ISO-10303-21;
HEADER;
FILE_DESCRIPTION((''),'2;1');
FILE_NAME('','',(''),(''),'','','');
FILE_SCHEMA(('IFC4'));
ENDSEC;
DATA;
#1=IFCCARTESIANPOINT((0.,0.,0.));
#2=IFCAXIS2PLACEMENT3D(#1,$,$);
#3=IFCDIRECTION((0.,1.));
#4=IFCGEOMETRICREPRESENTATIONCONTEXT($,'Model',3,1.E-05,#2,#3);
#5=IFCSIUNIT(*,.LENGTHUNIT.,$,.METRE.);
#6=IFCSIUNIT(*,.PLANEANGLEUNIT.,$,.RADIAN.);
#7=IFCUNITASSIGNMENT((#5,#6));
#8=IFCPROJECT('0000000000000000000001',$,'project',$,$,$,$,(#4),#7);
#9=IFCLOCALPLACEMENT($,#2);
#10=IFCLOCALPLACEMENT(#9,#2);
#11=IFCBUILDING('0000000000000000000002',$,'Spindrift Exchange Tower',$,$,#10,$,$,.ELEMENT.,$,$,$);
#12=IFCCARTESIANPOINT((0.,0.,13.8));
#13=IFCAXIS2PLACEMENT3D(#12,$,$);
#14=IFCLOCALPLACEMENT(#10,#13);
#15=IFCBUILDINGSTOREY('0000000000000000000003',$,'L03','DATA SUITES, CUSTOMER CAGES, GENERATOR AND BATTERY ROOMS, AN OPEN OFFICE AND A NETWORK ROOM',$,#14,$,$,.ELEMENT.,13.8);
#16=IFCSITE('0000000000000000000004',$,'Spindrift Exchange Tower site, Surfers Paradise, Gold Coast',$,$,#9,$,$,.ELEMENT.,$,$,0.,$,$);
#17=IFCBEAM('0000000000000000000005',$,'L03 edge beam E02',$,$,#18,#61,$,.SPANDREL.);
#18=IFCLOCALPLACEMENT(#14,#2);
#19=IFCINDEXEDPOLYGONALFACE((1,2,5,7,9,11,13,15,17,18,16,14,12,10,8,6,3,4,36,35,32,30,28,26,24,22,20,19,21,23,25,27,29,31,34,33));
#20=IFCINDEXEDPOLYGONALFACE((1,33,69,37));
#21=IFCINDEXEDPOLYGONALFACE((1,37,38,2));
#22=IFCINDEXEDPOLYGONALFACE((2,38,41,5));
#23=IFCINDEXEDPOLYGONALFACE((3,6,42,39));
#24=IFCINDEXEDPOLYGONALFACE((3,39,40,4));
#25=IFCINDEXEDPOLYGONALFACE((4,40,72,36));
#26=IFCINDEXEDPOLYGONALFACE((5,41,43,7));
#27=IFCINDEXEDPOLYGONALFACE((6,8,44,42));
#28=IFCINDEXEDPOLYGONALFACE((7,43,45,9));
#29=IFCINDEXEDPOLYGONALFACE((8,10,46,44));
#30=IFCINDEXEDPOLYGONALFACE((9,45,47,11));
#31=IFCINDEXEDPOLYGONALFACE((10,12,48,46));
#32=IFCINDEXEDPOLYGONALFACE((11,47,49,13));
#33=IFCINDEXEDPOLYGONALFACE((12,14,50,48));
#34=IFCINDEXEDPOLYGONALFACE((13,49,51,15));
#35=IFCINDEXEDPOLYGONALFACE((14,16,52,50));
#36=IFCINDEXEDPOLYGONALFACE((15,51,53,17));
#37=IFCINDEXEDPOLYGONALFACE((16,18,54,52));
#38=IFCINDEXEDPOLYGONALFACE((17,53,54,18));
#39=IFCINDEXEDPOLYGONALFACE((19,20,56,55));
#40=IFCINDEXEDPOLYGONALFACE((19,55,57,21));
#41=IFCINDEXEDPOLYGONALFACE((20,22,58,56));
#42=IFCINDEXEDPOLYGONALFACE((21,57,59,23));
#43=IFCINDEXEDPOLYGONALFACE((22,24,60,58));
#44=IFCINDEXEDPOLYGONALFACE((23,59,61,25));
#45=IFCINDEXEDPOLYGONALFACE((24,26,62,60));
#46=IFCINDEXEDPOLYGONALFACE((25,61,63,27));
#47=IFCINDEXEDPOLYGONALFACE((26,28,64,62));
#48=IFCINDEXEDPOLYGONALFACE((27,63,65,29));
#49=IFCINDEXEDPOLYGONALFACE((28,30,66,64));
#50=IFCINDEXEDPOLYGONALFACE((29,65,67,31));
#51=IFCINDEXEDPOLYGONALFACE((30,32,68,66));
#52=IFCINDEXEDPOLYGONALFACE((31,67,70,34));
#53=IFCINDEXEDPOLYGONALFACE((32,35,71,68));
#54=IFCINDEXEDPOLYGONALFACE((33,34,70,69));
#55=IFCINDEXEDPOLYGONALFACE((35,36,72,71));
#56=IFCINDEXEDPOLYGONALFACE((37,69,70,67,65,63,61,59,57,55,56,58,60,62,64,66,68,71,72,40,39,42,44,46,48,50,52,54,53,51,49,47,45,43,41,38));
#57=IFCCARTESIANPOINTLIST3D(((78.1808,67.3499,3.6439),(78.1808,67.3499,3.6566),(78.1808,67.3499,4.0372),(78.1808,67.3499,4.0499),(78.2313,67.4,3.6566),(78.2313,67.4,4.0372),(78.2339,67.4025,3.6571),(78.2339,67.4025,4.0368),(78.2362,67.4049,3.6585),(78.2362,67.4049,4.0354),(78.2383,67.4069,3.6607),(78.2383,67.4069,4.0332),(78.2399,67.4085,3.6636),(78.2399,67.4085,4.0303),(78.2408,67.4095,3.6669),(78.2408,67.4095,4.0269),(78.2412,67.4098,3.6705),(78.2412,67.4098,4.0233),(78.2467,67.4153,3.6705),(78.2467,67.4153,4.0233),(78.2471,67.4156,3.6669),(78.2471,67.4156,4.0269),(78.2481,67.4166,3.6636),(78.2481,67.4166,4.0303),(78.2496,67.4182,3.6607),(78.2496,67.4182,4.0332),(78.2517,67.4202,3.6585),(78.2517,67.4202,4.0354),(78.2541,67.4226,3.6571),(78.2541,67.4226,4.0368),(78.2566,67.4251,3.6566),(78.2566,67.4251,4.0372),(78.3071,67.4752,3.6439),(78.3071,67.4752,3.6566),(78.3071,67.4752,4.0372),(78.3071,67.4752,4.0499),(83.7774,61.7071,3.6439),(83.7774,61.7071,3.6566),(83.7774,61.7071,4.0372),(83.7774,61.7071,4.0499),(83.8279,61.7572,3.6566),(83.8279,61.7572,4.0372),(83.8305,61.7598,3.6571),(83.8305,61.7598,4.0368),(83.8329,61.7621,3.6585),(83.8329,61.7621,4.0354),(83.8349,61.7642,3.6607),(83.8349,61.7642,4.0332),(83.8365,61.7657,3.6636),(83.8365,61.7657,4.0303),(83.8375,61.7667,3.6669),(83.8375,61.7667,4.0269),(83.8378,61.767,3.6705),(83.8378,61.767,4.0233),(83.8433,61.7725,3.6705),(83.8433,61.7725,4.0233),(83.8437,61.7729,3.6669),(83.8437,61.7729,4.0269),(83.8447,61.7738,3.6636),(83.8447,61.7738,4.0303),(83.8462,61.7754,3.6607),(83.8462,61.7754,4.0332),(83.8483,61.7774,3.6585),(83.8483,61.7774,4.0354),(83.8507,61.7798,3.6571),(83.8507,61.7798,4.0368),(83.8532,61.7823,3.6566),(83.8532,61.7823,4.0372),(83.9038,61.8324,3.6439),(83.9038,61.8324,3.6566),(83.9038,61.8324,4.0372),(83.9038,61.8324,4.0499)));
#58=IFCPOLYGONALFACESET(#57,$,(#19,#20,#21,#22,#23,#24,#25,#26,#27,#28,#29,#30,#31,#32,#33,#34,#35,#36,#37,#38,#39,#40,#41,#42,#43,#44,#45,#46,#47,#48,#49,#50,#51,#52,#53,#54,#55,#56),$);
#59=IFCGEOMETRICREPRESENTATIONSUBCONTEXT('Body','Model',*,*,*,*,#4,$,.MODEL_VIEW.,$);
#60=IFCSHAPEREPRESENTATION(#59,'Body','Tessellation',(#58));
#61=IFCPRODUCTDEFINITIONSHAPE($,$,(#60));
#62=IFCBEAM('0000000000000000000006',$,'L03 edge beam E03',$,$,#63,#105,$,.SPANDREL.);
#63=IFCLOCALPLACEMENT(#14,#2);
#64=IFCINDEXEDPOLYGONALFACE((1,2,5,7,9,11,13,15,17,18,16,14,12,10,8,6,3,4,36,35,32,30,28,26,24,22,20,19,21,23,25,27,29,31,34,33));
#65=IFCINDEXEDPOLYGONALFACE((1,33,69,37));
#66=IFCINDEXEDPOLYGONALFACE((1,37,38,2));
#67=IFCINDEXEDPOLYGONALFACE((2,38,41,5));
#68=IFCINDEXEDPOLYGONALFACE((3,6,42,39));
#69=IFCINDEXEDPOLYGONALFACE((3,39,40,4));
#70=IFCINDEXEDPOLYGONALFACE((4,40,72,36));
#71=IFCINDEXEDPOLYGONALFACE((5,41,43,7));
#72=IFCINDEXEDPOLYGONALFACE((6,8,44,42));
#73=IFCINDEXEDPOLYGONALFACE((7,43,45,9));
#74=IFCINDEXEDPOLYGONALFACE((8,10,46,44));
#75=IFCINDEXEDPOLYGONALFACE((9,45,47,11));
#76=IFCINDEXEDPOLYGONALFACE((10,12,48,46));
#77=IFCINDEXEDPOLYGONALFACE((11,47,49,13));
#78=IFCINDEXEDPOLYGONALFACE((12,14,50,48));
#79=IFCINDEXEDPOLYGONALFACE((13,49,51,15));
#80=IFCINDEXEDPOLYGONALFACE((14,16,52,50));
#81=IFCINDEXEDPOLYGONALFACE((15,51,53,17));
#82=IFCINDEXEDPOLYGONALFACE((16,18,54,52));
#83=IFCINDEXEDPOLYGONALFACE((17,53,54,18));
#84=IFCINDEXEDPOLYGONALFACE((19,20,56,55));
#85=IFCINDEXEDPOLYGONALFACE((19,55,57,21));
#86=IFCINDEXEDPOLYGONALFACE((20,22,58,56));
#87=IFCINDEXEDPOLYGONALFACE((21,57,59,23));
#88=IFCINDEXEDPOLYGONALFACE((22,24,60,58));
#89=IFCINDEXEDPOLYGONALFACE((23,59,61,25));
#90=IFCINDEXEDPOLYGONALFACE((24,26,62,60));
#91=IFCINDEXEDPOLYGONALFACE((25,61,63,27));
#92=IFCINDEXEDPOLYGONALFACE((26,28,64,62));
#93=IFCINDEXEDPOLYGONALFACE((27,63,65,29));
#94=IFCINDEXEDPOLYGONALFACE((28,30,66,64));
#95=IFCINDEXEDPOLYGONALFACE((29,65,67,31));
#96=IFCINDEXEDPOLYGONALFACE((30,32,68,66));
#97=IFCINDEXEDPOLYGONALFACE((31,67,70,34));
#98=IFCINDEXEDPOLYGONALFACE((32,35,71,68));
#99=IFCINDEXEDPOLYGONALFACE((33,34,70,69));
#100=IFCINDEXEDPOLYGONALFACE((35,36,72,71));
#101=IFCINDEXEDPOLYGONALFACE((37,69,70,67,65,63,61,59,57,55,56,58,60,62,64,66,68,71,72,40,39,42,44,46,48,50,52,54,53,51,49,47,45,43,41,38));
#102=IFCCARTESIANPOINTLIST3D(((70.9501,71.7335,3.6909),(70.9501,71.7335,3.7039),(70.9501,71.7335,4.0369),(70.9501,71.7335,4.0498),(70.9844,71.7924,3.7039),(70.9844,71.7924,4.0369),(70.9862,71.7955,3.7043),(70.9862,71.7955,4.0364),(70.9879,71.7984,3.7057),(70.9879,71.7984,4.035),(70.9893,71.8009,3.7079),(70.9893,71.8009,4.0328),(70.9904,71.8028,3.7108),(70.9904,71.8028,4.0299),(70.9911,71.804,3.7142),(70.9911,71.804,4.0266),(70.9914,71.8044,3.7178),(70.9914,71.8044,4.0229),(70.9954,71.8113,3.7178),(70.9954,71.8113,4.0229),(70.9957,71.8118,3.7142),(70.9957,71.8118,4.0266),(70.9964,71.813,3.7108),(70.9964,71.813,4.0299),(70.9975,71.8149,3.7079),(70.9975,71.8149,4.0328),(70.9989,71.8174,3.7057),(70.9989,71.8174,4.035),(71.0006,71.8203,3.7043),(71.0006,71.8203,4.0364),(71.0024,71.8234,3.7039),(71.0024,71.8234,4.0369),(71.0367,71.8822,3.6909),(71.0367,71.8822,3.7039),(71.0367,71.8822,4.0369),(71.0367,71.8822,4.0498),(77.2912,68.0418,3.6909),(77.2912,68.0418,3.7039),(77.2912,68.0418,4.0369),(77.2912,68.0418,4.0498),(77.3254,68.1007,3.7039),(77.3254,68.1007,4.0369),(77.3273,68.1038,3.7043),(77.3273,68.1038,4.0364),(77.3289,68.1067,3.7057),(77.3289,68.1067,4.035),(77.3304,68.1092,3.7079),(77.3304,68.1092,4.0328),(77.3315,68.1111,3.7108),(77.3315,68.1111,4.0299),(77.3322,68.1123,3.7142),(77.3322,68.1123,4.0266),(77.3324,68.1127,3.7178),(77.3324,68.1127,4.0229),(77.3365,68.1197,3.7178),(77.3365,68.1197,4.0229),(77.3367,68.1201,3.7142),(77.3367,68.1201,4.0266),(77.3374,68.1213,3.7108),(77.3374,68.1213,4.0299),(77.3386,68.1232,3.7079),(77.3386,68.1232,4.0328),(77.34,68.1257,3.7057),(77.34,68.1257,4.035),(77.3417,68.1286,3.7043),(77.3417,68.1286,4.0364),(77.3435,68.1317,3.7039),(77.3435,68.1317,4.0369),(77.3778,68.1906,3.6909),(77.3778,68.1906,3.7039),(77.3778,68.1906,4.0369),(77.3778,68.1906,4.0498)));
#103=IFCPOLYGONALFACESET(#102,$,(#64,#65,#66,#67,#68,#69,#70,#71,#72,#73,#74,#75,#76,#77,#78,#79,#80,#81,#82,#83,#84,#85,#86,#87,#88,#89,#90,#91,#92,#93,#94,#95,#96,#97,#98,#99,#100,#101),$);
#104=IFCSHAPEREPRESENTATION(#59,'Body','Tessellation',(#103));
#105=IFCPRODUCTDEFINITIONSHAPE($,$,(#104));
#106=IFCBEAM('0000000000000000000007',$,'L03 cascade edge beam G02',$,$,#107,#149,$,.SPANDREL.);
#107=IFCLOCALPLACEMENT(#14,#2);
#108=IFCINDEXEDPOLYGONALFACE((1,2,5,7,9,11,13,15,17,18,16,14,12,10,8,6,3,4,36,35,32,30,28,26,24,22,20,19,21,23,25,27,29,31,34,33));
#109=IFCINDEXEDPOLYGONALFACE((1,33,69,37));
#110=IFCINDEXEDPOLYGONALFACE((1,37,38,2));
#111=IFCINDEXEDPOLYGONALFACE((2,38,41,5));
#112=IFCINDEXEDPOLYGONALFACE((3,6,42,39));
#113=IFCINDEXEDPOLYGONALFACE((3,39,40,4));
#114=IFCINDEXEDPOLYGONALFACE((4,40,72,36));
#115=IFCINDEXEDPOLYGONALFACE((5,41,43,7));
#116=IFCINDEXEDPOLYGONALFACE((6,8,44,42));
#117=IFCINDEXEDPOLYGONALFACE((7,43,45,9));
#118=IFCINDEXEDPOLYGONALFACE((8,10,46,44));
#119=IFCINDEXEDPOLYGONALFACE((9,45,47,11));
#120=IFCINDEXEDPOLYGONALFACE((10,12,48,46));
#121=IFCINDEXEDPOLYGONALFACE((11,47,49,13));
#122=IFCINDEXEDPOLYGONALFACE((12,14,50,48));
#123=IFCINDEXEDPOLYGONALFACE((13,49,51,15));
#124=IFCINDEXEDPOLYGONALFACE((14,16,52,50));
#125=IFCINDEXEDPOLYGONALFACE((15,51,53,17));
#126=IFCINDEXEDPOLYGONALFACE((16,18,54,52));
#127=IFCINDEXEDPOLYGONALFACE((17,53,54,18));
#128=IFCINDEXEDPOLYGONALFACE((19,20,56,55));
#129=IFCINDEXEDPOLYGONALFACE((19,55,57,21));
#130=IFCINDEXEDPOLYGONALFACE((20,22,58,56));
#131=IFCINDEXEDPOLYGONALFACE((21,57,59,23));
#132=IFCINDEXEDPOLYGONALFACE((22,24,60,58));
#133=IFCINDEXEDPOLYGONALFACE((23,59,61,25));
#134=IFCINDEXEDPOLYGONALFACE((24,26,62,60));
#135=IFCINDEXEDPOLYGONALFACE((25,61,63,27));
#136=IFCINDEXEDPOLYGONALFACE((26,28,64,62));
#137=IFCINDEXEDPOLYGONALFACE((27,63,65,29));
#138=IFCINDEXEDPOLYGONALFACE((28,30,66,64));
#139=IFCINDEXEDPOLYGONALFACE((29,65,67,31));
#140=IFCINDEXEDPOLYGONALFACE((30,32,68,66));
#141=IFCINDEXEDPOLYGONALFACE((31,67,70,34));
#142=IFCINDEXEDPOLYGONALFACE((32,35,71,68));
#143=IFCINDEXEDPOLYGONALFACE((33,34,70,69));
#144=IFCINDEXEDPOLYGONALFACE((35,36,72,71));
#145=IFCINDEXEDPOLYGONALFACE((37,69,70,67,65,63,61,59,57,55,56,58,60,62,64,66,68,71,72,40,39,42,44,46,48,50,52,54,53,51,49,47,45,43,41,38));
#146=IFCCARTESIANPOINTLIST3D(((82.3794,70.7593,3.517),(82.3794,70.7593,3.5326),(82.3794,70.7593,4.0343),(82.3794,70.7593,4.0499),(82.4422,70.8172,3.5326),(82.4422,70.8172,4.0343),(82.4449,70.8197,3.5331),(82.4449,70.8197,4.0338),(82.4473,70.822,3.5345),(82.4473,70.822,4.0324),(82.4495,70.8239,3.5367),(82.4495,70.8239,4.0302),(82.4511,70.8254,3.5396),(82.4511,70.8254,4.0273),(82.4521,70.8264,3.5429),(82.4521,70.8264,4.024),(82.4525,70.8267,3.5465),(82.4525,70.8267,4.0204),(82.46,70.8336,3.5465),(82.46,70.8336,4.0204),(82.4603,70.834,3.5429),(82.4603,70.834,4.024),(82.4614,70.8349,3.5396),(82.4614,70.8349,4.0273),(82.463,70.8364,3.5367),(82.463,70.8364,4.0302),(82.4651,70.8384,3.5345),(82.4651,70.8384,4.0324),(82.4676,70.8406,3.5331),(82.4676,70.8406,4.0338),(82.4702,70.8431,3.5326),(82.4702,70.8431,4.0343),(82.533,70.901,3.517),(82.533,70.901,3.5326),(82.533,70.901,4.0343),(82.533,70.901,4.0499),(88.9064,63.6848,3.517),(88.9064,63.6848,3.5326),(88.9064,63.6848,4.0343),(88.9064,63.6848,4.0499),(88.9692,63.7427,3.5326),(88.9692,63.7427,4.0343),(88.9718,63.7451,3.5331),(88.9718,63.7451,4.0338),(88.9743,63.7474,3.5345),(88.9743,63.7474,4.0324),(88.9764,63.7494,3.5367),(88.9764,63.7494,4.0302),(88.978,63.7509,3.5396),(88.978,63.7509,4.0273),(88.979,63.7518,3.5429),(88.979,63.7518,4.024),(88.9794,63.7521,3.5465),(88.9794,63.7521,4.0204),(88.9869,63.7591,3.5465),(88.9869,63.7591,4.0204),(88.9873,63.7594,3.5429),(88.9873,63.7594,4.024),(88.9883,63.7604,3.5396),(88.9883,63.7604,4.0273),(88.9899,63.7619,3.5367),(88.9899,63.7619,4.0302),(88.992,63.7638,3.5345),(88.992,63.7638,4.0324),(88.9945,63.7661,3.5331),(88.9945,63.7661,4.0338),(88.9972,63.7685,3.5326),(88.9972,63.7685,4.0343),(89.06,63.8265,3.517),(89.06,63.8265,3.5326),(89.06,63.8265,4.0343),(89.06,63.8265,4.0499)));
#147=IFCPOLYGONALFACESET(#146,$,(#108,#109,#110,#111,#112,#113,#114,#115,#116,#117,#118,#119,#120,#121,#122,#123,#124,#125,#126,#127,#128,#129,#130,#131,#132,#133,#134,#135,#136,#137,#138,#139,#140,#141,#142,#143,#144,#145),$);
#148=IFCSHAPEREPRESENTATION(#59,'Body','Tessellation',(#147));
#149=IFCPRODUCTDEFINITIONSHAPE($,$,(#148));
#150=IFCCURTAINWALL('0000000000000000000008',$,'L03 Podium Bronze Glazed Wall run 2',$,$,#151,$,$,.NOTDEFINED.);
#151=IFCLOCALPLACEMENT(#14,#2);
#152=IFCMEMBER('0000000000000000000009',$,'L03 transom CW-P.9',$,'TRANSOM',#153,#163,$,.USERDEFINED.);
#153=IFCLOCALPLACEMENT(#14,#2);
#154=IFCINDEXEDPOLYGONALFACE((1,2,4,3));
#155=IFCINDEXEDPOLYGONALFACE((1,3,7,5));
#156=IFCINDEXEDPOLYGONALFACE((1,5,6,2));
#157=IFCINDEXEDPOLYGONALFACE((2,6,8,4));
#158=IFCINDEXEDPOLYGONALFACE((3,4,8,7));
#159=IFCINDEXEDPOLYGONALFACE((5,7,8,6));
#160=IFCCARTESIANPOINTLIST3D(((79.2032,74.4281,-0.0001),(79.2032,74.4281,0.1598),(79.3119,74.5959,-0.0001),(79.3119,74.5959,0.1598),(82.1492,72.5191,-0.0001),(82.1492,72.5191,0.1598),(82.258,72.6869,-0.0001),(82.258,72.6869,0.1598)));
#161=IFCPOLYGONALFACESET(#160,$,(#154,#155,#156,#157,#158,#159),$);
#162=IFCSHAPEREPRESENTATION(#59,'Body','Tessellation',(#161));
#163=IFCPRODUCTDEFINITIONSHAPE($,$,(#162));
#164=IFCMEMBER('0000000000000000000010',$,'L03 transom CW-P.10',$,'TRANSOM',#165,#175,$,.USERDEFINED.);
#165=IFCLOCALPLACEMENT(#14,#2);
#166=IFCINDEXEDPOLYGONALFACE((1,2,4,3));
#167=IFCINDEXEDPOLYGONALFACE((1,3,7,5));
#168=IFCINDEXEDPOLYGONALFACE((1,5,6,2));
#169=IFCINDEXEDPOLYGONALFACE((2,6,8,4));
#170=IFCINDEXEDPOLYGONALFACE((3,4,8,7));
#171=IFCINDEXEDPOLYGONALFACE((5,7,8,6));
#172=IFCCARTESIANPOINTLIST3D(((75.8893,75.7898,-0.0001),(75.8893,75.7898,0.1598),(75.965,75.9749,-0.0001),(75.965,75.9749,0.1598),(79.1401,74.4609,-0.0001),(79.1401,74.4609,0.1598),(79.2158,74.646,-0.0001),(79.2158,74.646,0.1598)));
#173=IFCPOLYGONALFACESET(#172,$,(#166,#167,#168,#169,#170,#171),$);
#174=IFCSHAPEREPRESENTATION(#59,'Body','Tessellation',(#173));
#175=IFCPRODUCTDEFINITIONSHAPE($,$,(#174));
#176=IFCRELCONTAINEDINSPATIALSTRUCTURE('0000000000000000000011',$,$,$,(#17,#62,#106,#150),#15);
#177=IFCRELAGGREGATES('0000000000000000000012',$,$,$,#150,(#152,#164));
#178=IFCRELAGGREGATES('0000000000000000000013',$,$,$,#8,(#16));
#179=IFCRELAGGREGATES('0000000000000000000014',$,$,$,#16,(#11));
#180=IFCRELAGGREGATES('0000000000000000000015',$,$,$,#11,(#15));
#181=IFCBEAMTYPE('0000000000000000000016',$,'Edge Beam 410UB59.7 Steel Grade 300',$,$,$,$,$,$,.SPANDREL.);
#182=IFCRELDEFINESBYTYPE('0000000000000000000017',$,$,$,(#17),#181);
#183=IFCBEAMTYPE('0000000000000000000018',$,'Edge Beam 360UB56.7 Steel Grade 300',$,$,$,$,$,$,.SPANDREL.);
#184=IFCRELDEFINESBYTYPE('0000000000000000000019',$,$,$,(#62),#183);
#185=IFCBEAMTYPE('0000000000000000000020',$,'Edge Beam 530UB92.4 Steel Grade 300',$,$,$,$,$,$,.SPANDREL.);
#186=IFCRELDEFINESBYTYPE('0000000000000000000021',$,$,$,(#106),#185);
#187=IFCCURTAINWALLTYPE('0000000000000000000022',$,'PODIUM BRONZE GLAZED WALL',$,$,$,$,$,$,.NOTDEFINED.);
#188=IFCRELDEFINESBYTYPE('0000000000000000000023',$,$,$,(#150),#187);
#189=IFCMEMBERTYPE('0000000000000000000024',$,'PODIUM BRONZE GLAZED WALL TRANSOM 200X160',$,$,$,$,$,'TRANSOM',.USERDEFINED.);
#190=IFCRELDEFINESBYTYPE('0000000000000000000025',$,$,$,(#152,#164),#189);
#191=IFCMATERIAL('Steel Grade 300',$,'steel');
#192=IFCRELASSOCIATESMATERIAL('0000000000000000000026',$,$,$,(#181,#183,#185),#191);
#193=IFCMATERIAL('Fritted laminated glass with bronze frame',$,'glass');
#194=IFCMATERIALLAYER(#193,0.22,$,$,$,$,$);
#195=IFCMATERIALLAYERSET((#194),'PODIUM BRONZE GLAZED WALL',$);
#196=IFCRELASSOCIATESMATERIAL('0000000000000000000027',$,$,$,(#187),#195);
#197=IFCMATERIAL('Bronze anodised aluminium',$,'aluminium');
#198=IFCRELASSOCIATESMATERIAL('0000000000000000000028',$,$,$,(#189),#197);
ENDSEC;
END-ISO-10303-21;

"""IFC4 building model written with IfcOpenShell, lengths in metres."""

from ifc_helpers import new_model, si_unit, direction, frame, origin, origin_2d, place, context, subcontext, project, spatial, rectangle, i_section, extrude, source, transform, mapped, material, layer, layer_set, material_profile, profile_set, type_object, element, aggregate, save


model = new_model("IFC4")

# Units and contexts
model_context = context("Model", 3, precision=1e-05, world=origin(), true_north=direction((0.0, 1.0)))
body_context = subcontext(model_context, "Body", "Model", "MODEL_VIEW")
ifc_project = project(units=[si_unit("LENGTHUNIT", "METRE"), si_unit("PLANEANGLEUNIT", "RADIAN")], contexts=[model_context])

# Site, building, storey
site_placement = place(None, origin())
site = spatial("IfcSite", under=ifc_project, at=site_placement, Name="Spindrift Exchange Tower site, Surfers Paradise, Gold Coast", CompositionType="ELEMENT", RefElevation=0.0)
building_placement = place(site_placement, origin())
building = spatial("IfcBuilding", under=site, at=building_placement, Name="Spindrift Exchange Tower", CompositionType="ELEMENT")
storey_placement = place(building_placement, frame((0.0, 0.0, 13.8)))
storey = spatial("IfcBuildingStorey", under=building, at=storey_placement, Name="L03", Description="DATA SUITES, CUSTOMER CAGES, GENERATOR AND BATTERY ROOMS, AN OPEN OFFICE AND A NETWORK ROOM", CompositionType="ELEMENT", Elevation=13.8)

# Beams
ifc_material_1 = material(Name="Steel Grade 300", Category="steel")
ifc_material_profile_1 = material_profile(ifc_material_1, i_section(OverallWidth=0.178, OverallDepth=0.406, WebThickness=0.0078, FlangeThickness=0.0127, FilletRadius=0.0139, at=origin_2d()), Name="410UB59.7")
ifc_profile_set_1 = profile_set([ifc_material_profile_1], Name="Steel Grade 300")
beam_type_1 = type_object("IfcBeamType", Name="Edge Beam 410UB59.7 Steel Grade 300", PredefinedType="SPANDREL", material=ifc_profile_set_1)
shared_shape_1 = source(origin(), body_context, "Body", "SweptSolid", [
    extrude(i_section(OverallWidth=0.178, OverallDepth=0.406, WebThickness=0.0078, FlangeThickness=0.0127, FilletRadius=0.0139, at=origin_2d()), origin(), (0.0, 0.0, 1.0), 7.9475),
])
beam_1_placement = place(storey_placement, frame((83.8406, 61.7698, 3.8469), z_axis=(-0.704198, 0.710004, 0.0), x_axis=(-0.710004, -0.704198, 0.0)))
element("IfcBeam", 1, at=beam_1_placement, inside=storey, type_object=beam_type_1, Name="L03 edge beam E02", PredefinedType="SPANDREL", context=body_context, shape_type="MappedRepresentation", body=[
    mapped(shared_shape_1, transform((0.0, 0.0, 0.0), scale=1.0)),
])
ifc_material_profile_2 = material_profile(ifc_material_1, i_section(OverallWidth=0.1721, OverallDepth=0.3589, WebThickness=0.0081, FlangeThickness=0.0129, FilletRadius=0.0139, at=origin_2d()), Name="360UB56.7")
ifc_profile_set_2 = profile_set([ifc_material_profile_2], Name="Steel Grade 300")
beam_type_2 = type_object("IfcBeamType", Name="Edge Beam 360UB56.7 Steel Grade 300", PredefinedType="SPANDREL", material=ifc_profile_set_2)
shared_shape_2 = source(origin(), body_context, "Body", "SweptSolid", [
    extrude(i_section(OverallWidth=0.1721, OverallDepth=0.3589, WebThickness=0.0081, FlangeThickness=0.0129, FilletRadius=0.0139, at=origin_2d()), origin(), (0.0, 0.0, 1.0), 7.3374),
])
beam_2_placement = place(storey_placement, frame((77.3345, 68.1162, 3.8704), z_axis=(-0.864212, 0.503128, 0.0), x_axis=(-0.503128, -0.864212, 0.0)))
element("IfcBeam", 2, at=beam_2_placement, inside=storey, type_object=beam_type_2, Name="L03 edge beam E03", PredefinedType="SPANDREL", context=body_context, shape_type="MappedRepresentation", body=[
    mapped(shared_shape_2, transform((0.0, 0.0, 0.0), scale=1.0)),
])
ifc_material_profile_3 = material_profile(ifc_material_1, i_section(OverallWidth=0.209, OverallDepth=0.533, WebThickness=0.0103, FlangeThickness=0.0156, FilletRadius=0.0139, at=origin_2d()), Name="530UB92.4")
ifc_profile_set_3 = profile_set([ifc_material_profile_3], Name="Steel Grade 300")
beam_type_3 = type_object("IfcBeamType", Name="Edge Beam 530UB92.4 Steel Grade 300", PredefinedType="SPANDREL", material=ifc_profile_set_3)
shared_shape_3 = source(origin(), body_context, "Body", "SweptSolid", [
    extrude(i_section(OverallWidth=0.209, OverallDepth=0.533, WebThickness=0.0103, FlangeThickness=0.0156, FilletRadius=0.0139, at=origin_2d()), origin(), (0.0, 0.0, 1.0), 9.6255),
])
beam_3_placement = place(storey_placement, frame((88.9832, 63.7556, 3.7834), z_axis=(-0.678088, 0.73498, 0.0), x_axis=(-0.73498, -0.678088, 0.0)))
element("IfcBeam", 3, at=beam_3_placement, inside=storey, type_object=beam_type_3, Name="L03 cascade edge beam G02", PredefinedType="SPANDREL", context=body_context, shape_type="MappedRepresentation", body=[
    mapped(shared_shape_3, transform((0.0, 0.0, 0.0), scale=1.0)),
])

# Curtain wall, members
ifc_material_2 = material(Name="Fritted laminated glass with bronze frame", Category="glass")
ifc_layer_1 = layer(ifc_material_2, 0.22)
ifc_layer_set_1 = layer_set([ifc_layer_1], Name="PODIUM BRONZE GLAZED WALL")
curtain_wall_type = type_object("IfcCurtainWallType", Name="PODIUM BRONZE GLAZED WALL", PredefinedType="NOTDEFINED", material=ifc_layer_set_1)
curtain_wall_1_placement = place(storey_placement, origin())
curtain_wall_1 = element("IfcCurtainWall", 4, at=curtain_wall_1_placement, inside=storey, type_object=curtain_wall_type, Name="L03 Podium Bronze Glazed Wall run 2", PredefinedType="NOTDEFINED")
ifc_material_3 = material(Name="Bronze anodised aluminium", Category="aluminium")
ifc_material_profile_4 = material_profile(ifc_material_3, rectangle(XDim=0.2, YDim=0.1599, at=origin_2d()), Name="PODIUM BRONZE GLAZED WALL TRANSOM 200X160")
ifc_profile_set_4 = profile_set([ifc_material_profile_4], Name="Bronze anodised aluminium")
member_type_1 = type_object("IfcMemberType", Name="PODIUM BRONZE GLAZED WALL TRANSOM 200X160", ElementType="TRANSOM", PredefinedType="USERDEFINED", material=ifc_profile_set_4)
shared_shape_4 = source(origin(), body_context, "Body", "SweptSolid", [
    extrude(rectangle(XDim=0.2, YDim=0.1599, at=origin_2d()), origin(), (0.0, 0.0, 1.0), 3.5105),
])
member_1_placement = place(storey_placement, frame((82.2036, 72.603, 0.0798), z_axis=(-0.839223, 0.543788, 0.0), x_axis=(-0.543788, -0.839223, 0.0)))
member_1 = element("IfcMember", 5, at=member_1_placement, type_object=member_type_1, Name="L03 transom CW-P.9", ObjectType="TRANSOM", PredefinedType="USERDEFINED", context=body_context, shape_type="MappedRepresentation", body=[
    mapped(shared_shape_4, transform((0.0, 0.0, 0.0), scale=1.0)),
])
shared_shape_5 = source(origin(), body_context, "Body", "SweptSolid", [
    extrude(rectangle(XDim=0.2, YDim=0.1599, at=origin_2d()), origin(), (0.0, 0.0, 1.0), 3.512),
])
member_2_placement = place(storey_placement, frame((79.178, 74.5535, 0.0798), z_axis=(-0.925645, 0.378392, 0.0), x_axis=(-0.378392, -0.925645, 0.0)))
member_2 = element("IfcMember", 6, at=member_2_placement, type_object=member_type_1, Name="L03 transom CW-P.10", ObjectType="TRANSOM", PredefinedType="USERDEFINED", context=body_context, shape_type="MappedRepresentation", body=[
    mapped(shared_shape_5, transform((0.0, 0.0, 0.0), scale=1.0)),
])

aggregate(curtain_wall_1, [member_1, member_2])

save(model, "model.ifc")
